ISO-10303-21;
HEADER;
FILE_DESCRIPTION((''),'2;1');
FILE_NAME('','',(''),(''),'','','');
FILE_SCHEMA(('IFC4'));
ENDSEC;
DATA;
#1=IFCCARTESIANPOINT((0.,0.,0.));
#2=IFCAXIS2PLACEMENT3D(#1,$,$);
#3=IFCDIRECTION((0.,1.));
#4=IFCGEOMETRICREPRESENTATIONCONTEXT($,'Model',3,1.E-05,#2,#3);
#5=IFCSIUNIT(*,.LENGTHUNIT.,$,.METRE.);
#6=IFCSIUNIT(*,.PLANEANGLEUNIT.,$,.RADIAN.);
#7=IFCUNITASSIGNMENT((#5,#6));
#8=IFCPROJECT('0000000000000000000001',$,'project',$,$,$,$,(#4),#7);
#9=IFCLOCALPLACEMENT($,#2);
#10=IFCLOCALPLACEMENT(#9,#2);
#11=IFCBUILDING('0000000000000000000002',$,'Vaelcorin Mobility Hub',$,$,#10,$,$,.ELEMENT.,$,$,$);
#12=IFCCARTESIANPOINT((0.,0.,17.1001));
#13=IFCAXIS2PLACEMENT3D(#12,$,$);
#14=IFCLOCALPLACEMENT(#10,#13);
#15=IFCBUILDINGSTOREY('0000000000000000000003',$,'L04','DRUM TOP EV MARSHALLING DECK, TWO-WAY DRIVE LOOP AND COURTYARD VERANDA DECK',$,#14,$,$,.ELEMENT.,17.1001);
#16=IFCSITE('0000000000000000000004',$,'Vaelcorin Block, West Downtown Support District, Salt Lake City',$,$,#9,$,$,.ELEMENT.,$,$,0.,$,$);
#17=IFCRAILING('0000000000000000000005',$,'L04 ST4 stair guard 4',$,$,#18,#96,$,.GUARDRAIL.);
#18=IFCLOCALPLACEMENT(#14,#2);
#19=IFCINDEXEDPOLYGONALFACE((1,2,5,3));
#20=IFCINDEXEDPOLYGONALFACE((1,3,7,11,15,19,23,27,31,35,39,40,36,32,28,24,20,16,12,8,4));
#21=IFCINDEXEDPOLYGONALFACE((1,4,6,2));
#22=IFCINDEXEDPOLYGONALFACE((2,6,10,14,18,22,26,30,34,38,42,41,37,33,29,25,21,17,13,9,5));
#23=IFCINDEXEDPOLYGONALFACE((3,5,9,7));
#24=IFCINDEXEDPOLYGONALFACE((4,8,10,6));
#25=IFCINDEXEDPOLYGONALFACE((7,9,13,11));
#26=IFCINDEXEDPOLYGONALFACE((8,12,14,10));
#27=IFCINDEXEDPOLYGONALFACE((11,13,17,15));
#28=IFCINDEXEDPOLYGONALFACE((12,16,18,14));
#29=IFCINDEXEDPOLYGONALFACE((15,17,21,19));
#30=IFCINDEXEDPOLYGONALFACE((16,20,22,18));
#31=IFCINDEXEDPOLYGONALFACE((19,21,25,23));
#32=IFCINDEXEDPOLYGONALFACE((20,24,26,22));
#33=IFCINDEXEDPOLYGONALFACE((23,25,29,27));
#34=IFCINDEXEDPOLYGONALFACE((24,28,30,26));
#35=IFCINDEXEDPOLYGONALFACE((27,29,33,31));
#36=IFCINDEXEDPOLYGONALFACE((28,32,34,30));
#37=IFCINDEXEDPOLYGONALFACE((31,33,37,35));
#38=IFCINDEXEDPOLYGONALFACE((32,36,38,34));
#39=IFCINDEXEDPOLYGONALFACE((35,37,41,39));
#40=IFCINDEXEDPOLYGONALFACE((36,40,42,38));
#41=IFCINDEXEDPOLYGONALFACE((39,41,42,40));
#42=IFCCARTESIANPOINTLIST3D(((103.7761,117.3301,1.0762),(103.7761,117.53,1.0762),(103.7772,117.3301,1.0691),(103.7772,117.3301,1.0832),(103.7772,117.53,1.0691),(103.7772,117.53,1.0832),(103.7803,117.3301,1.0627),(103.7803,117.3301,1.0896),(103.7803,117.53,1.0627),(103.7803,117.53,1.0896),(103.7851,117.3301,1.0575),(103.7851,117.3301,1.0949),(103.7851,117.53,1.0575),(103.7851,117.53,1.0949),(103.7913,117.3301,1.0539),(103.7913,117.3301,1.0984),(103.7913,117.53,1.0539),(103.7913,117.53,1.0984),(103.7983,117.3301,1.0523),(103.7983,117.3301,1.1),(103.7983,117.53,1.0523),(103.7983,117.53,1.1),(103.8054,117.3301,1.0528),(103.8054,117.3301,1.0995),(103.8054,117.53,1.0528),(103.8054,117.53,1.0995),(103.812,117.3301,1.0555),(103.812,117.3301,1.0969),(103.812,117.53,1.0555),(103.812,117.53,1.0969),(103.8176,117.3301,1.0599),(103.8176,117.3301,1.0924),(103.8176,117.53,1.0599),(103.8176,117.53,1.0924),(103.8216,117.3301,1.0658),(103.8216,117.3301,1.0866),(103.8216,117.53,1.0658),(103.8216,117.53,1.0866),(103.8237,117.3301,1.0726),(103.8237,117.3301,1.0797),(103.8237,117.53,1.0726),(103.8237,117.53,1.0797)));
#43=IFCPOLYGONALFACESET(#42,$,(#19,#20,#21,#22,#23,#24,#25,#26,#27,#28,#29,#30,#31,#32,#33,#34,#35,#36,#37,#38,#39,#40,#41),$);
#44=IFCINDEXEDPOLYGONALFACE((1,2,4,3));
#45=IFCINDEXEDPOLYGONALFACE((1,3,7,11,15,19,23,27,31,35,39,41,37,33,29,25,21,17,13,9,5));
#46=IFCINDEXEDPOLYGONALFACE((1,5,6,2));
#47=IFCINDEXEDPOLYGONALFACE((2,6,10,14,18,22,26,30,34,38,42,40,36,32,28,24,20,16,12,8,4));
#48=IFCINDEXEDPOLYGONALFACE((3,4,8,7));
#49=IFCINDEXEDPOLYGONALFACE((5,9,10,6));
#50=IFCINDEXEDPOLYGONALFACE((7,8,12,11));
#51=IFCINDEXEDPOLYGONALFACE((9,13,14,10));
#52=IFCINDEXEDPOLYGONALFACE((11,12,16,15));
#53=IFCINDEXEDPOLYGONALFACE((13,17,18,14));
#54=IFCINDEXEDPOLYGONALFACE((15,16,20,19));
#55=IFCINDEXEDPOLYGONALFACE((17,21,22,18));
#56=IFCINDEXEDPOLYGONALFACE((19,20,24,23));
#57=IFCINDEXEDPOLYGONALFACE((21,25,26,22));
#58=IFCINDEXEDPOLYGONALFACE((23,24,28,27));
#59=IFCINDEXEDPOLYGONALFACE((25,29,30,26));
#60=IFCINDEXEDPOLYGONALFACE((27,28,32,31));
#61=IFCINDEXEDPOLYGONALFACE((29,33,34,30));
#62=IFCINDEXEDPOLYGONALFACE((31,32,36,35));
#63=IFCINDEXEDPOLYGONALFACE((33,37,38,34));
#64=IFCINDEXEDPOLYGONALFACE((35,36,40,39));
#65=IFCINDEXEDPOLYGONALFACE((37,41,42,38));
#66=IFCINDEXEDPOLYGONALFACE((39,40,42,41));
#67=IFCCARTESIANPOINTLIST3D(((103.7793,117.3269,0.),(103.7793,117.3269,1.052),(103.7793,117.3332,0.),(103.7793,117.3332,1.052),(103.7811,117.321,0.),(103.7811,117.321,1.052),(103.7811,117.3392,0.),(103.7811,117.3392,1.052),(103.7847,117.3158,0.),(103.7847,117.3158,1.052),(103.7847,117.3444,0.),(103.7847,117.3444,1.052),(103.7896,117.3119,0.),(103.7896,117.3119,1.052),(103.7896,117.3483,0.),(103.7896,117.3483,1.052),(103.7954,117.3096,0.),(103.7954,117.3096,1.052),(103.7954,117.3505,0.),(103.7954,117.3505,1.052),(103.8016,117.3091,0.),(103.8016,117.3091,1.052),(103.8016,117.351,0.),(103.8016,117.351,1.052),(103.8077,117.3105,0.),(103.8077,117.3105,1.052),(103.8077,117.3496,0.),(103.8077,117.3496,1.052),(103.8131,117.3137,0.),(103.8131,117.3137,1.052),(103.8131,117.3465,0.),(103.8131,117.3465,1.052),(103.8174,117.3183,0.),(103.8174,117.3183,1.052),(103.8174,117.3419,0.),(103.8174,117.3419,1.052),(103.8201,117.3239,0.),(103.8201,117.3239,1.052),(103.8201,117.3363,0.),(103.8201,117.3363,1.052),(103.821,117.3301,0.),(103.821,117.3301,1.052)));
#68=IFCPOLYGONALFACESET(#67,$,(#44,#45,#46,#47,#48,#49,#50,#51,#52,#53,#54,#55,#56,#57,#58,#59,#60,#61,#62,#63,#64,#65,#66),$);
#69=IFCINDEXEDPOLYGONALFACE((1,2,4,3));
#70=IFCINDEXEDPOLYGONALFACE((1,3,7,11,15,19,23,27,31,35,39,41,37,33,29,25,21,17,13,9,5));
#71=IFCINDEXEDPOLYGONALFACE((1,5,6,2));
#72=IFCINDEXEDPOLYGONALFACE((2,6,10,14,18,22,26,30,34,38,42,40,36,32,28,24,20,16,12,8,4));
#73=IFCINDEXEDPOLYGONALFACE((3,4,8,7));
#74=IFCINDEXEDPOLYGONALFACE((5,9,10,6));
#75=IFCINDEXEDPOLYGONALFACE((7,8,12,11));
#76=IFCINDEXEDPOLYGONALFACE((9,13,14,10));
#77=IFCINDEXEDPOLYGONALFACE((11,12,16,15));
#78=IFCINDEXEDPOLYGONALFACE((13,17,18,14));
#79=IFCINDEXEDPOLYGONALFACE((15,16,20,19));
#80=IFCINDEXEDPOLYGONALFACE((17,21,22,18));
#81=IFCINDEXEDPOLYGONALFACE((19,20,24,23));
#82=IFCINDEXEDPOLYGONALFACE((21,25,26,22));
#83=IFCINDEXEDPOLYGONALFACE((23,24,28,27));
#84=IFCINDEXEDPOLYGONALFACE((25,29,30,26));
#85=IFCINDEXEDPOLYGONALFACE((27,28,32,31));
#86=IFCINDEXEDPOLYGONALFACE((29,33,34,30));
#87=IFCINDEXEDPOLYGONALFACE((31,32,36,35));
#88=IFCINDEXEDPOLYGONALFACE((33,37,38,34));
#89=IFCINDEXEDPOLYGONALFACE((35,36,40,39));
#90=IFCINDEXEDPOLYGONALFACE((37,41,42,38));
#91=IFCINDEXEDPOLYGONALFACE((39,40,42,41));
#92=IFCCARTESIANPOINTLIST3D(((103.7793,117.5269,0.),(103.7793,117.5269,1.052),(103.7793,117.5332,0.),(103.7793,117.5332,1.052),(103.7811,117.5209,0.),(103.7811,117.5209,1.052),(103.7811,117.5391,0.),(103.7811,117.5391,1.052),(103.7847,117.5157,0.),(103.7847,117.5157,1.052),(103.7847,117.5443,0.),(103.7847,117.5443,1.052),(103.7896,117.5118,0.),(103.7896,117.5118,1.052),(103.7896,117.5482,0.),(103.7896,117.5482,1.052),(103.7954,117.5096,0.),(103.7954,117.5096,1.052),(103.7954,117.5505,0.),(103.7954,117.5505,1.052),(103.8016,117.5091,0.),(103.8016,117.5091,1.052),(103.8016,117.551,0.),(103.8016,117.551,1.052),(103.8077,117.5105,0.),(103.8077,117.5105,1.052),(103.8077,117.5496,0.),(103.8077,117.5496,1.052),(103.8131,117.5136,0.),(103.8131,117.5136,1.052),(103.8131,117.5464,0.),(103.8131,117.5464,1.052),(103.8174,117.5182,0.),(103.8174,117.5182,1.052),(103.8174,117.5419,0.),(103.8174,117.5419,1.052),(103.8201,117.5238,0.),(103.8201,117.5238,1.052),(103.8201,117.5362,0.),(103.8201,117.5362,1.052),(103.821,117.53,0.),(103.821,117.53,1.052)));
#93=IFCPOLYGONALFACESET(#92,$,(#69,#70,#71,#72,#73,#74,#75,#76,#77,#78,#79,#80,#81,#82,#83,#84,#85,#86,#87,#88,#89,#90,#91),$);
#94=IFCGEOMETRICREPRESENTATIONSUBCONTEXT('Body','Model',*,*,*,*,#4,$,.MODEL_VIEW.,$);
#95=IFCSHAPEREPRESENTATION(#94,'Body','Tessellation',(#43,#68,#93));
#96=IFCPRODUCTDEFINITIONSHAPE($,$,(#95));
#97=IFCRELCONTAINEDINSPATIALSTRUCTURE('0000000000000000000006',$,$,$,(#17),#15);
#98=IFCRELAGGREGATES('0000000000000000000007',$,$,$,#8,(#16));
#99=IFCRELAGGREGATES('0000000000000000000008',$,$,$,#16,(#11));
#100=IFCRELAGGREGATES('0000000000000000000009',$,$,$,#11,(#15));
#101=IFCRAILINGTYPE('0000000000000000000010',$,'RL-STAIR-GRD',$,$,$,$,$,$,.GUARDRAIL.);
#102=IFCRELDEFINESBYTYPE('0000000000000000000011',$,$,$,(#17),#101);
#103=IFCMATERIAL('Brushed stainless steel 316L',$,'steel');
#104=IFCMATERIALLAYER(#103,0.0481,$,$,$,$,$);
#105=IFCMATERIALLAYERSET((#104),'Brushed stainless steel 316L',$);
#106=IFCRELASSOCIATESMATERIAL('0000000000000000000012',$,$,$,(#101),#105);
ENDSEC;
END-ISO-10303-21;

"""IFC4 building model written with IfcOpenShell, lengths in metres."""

from ifc_helpers import new_model, si_unit, direction, frame, origin, origin_2d, place, context, subcontext, project, spatial, circle, extrude, material, layer, layer_set, type_object, element, save


model = new_model("IFC4")

# Units and contexts
model_context = context("Model", 3, precision=1e-05, world=origin(), true_north=direction((0.0, 1.0)))
body_context = subcontext(model_context, "Body", "Model", "MODEL_VIEW")
ifc_project = project(units=[si_unit("LENGTHUNIT", "METRE"), si_unit("PLANEANGLEUNIT", "RADIAN")], contexts=[model_context])

# Site, building, storey
site_placement = place(None, origin())
site = spatial("IfcSite", under=ifc_project, at=site_placement, Name="Vaelcorin Block, West Downtown Support District, Salt Lake City", CompositionType="ELEMENT", RefElevation=0.0)
building_placement = place(site_placement, origin())
building = spatial("IfcBuilding", under=site, at=building_placement, Name="Vaelcorin Mobility Hub", CompositionType="ELEMENT")
storey_placement = place(building_placement, frame((0.0, 0.0, 17.1001)))
storey = spatial("IfcBuildingStorey", under=building, at=storey_placement, Name="L04", Description="DRUM TOP EV MARSHALLING DECK, TWO-WAY DRIVE LOOP AND COURTYARD VERANDA DECK", CompositionType="ELEMENT", Elevation=17.1001)

# Railing
ifc_material_1 = material(Name="Brushed stainless steel 316L", Category="steel")
ifc_layer_1 = layer(ifc_material_1, 0.0481)
ifc_layer_set_1 = layer_set([ifc_layer_1], Name="Brushed stainless steel 316L")
railing_type_1 = type_object("IfcRailingType", Name="RL-STAIR-GRD", PredefinedType="GUARDRAIL", material=ifc_layer_set_1)
railing_1_placement = place(storey_placement, frame((103.8, 117.3301, 0.0)))
element("IfcRailing", 1, at=railing_1_placement, inside=storey, type_object=railing_type_1, Name="L04 ST4 stair guard 4", PredefinedType="GUARDRAIL", context=body_context, shape_type="SweptSolid", body=[
    extrude(circle(Radius=0.0239, at=origin_2d()), frame((0.0, 0.0, 1.0762), z_axis=(0.0, 1.0, 0.0), x_axis=(-1.0, 0.0, 0.0)), (0.0, 0.0, 1.0), 0.2),
    extrude(circle(Radius=0.021, at=origin_2d()), origin(), (0.0, 0.0, 1.0), 1.052),
    extrude(circle(Radius=0.021, at=origin_2d()), frame((0.0, 0.2, 0.0)), (0.0, 0.0, 1.0), 1.052),
])

save(model, "model.ifc")
